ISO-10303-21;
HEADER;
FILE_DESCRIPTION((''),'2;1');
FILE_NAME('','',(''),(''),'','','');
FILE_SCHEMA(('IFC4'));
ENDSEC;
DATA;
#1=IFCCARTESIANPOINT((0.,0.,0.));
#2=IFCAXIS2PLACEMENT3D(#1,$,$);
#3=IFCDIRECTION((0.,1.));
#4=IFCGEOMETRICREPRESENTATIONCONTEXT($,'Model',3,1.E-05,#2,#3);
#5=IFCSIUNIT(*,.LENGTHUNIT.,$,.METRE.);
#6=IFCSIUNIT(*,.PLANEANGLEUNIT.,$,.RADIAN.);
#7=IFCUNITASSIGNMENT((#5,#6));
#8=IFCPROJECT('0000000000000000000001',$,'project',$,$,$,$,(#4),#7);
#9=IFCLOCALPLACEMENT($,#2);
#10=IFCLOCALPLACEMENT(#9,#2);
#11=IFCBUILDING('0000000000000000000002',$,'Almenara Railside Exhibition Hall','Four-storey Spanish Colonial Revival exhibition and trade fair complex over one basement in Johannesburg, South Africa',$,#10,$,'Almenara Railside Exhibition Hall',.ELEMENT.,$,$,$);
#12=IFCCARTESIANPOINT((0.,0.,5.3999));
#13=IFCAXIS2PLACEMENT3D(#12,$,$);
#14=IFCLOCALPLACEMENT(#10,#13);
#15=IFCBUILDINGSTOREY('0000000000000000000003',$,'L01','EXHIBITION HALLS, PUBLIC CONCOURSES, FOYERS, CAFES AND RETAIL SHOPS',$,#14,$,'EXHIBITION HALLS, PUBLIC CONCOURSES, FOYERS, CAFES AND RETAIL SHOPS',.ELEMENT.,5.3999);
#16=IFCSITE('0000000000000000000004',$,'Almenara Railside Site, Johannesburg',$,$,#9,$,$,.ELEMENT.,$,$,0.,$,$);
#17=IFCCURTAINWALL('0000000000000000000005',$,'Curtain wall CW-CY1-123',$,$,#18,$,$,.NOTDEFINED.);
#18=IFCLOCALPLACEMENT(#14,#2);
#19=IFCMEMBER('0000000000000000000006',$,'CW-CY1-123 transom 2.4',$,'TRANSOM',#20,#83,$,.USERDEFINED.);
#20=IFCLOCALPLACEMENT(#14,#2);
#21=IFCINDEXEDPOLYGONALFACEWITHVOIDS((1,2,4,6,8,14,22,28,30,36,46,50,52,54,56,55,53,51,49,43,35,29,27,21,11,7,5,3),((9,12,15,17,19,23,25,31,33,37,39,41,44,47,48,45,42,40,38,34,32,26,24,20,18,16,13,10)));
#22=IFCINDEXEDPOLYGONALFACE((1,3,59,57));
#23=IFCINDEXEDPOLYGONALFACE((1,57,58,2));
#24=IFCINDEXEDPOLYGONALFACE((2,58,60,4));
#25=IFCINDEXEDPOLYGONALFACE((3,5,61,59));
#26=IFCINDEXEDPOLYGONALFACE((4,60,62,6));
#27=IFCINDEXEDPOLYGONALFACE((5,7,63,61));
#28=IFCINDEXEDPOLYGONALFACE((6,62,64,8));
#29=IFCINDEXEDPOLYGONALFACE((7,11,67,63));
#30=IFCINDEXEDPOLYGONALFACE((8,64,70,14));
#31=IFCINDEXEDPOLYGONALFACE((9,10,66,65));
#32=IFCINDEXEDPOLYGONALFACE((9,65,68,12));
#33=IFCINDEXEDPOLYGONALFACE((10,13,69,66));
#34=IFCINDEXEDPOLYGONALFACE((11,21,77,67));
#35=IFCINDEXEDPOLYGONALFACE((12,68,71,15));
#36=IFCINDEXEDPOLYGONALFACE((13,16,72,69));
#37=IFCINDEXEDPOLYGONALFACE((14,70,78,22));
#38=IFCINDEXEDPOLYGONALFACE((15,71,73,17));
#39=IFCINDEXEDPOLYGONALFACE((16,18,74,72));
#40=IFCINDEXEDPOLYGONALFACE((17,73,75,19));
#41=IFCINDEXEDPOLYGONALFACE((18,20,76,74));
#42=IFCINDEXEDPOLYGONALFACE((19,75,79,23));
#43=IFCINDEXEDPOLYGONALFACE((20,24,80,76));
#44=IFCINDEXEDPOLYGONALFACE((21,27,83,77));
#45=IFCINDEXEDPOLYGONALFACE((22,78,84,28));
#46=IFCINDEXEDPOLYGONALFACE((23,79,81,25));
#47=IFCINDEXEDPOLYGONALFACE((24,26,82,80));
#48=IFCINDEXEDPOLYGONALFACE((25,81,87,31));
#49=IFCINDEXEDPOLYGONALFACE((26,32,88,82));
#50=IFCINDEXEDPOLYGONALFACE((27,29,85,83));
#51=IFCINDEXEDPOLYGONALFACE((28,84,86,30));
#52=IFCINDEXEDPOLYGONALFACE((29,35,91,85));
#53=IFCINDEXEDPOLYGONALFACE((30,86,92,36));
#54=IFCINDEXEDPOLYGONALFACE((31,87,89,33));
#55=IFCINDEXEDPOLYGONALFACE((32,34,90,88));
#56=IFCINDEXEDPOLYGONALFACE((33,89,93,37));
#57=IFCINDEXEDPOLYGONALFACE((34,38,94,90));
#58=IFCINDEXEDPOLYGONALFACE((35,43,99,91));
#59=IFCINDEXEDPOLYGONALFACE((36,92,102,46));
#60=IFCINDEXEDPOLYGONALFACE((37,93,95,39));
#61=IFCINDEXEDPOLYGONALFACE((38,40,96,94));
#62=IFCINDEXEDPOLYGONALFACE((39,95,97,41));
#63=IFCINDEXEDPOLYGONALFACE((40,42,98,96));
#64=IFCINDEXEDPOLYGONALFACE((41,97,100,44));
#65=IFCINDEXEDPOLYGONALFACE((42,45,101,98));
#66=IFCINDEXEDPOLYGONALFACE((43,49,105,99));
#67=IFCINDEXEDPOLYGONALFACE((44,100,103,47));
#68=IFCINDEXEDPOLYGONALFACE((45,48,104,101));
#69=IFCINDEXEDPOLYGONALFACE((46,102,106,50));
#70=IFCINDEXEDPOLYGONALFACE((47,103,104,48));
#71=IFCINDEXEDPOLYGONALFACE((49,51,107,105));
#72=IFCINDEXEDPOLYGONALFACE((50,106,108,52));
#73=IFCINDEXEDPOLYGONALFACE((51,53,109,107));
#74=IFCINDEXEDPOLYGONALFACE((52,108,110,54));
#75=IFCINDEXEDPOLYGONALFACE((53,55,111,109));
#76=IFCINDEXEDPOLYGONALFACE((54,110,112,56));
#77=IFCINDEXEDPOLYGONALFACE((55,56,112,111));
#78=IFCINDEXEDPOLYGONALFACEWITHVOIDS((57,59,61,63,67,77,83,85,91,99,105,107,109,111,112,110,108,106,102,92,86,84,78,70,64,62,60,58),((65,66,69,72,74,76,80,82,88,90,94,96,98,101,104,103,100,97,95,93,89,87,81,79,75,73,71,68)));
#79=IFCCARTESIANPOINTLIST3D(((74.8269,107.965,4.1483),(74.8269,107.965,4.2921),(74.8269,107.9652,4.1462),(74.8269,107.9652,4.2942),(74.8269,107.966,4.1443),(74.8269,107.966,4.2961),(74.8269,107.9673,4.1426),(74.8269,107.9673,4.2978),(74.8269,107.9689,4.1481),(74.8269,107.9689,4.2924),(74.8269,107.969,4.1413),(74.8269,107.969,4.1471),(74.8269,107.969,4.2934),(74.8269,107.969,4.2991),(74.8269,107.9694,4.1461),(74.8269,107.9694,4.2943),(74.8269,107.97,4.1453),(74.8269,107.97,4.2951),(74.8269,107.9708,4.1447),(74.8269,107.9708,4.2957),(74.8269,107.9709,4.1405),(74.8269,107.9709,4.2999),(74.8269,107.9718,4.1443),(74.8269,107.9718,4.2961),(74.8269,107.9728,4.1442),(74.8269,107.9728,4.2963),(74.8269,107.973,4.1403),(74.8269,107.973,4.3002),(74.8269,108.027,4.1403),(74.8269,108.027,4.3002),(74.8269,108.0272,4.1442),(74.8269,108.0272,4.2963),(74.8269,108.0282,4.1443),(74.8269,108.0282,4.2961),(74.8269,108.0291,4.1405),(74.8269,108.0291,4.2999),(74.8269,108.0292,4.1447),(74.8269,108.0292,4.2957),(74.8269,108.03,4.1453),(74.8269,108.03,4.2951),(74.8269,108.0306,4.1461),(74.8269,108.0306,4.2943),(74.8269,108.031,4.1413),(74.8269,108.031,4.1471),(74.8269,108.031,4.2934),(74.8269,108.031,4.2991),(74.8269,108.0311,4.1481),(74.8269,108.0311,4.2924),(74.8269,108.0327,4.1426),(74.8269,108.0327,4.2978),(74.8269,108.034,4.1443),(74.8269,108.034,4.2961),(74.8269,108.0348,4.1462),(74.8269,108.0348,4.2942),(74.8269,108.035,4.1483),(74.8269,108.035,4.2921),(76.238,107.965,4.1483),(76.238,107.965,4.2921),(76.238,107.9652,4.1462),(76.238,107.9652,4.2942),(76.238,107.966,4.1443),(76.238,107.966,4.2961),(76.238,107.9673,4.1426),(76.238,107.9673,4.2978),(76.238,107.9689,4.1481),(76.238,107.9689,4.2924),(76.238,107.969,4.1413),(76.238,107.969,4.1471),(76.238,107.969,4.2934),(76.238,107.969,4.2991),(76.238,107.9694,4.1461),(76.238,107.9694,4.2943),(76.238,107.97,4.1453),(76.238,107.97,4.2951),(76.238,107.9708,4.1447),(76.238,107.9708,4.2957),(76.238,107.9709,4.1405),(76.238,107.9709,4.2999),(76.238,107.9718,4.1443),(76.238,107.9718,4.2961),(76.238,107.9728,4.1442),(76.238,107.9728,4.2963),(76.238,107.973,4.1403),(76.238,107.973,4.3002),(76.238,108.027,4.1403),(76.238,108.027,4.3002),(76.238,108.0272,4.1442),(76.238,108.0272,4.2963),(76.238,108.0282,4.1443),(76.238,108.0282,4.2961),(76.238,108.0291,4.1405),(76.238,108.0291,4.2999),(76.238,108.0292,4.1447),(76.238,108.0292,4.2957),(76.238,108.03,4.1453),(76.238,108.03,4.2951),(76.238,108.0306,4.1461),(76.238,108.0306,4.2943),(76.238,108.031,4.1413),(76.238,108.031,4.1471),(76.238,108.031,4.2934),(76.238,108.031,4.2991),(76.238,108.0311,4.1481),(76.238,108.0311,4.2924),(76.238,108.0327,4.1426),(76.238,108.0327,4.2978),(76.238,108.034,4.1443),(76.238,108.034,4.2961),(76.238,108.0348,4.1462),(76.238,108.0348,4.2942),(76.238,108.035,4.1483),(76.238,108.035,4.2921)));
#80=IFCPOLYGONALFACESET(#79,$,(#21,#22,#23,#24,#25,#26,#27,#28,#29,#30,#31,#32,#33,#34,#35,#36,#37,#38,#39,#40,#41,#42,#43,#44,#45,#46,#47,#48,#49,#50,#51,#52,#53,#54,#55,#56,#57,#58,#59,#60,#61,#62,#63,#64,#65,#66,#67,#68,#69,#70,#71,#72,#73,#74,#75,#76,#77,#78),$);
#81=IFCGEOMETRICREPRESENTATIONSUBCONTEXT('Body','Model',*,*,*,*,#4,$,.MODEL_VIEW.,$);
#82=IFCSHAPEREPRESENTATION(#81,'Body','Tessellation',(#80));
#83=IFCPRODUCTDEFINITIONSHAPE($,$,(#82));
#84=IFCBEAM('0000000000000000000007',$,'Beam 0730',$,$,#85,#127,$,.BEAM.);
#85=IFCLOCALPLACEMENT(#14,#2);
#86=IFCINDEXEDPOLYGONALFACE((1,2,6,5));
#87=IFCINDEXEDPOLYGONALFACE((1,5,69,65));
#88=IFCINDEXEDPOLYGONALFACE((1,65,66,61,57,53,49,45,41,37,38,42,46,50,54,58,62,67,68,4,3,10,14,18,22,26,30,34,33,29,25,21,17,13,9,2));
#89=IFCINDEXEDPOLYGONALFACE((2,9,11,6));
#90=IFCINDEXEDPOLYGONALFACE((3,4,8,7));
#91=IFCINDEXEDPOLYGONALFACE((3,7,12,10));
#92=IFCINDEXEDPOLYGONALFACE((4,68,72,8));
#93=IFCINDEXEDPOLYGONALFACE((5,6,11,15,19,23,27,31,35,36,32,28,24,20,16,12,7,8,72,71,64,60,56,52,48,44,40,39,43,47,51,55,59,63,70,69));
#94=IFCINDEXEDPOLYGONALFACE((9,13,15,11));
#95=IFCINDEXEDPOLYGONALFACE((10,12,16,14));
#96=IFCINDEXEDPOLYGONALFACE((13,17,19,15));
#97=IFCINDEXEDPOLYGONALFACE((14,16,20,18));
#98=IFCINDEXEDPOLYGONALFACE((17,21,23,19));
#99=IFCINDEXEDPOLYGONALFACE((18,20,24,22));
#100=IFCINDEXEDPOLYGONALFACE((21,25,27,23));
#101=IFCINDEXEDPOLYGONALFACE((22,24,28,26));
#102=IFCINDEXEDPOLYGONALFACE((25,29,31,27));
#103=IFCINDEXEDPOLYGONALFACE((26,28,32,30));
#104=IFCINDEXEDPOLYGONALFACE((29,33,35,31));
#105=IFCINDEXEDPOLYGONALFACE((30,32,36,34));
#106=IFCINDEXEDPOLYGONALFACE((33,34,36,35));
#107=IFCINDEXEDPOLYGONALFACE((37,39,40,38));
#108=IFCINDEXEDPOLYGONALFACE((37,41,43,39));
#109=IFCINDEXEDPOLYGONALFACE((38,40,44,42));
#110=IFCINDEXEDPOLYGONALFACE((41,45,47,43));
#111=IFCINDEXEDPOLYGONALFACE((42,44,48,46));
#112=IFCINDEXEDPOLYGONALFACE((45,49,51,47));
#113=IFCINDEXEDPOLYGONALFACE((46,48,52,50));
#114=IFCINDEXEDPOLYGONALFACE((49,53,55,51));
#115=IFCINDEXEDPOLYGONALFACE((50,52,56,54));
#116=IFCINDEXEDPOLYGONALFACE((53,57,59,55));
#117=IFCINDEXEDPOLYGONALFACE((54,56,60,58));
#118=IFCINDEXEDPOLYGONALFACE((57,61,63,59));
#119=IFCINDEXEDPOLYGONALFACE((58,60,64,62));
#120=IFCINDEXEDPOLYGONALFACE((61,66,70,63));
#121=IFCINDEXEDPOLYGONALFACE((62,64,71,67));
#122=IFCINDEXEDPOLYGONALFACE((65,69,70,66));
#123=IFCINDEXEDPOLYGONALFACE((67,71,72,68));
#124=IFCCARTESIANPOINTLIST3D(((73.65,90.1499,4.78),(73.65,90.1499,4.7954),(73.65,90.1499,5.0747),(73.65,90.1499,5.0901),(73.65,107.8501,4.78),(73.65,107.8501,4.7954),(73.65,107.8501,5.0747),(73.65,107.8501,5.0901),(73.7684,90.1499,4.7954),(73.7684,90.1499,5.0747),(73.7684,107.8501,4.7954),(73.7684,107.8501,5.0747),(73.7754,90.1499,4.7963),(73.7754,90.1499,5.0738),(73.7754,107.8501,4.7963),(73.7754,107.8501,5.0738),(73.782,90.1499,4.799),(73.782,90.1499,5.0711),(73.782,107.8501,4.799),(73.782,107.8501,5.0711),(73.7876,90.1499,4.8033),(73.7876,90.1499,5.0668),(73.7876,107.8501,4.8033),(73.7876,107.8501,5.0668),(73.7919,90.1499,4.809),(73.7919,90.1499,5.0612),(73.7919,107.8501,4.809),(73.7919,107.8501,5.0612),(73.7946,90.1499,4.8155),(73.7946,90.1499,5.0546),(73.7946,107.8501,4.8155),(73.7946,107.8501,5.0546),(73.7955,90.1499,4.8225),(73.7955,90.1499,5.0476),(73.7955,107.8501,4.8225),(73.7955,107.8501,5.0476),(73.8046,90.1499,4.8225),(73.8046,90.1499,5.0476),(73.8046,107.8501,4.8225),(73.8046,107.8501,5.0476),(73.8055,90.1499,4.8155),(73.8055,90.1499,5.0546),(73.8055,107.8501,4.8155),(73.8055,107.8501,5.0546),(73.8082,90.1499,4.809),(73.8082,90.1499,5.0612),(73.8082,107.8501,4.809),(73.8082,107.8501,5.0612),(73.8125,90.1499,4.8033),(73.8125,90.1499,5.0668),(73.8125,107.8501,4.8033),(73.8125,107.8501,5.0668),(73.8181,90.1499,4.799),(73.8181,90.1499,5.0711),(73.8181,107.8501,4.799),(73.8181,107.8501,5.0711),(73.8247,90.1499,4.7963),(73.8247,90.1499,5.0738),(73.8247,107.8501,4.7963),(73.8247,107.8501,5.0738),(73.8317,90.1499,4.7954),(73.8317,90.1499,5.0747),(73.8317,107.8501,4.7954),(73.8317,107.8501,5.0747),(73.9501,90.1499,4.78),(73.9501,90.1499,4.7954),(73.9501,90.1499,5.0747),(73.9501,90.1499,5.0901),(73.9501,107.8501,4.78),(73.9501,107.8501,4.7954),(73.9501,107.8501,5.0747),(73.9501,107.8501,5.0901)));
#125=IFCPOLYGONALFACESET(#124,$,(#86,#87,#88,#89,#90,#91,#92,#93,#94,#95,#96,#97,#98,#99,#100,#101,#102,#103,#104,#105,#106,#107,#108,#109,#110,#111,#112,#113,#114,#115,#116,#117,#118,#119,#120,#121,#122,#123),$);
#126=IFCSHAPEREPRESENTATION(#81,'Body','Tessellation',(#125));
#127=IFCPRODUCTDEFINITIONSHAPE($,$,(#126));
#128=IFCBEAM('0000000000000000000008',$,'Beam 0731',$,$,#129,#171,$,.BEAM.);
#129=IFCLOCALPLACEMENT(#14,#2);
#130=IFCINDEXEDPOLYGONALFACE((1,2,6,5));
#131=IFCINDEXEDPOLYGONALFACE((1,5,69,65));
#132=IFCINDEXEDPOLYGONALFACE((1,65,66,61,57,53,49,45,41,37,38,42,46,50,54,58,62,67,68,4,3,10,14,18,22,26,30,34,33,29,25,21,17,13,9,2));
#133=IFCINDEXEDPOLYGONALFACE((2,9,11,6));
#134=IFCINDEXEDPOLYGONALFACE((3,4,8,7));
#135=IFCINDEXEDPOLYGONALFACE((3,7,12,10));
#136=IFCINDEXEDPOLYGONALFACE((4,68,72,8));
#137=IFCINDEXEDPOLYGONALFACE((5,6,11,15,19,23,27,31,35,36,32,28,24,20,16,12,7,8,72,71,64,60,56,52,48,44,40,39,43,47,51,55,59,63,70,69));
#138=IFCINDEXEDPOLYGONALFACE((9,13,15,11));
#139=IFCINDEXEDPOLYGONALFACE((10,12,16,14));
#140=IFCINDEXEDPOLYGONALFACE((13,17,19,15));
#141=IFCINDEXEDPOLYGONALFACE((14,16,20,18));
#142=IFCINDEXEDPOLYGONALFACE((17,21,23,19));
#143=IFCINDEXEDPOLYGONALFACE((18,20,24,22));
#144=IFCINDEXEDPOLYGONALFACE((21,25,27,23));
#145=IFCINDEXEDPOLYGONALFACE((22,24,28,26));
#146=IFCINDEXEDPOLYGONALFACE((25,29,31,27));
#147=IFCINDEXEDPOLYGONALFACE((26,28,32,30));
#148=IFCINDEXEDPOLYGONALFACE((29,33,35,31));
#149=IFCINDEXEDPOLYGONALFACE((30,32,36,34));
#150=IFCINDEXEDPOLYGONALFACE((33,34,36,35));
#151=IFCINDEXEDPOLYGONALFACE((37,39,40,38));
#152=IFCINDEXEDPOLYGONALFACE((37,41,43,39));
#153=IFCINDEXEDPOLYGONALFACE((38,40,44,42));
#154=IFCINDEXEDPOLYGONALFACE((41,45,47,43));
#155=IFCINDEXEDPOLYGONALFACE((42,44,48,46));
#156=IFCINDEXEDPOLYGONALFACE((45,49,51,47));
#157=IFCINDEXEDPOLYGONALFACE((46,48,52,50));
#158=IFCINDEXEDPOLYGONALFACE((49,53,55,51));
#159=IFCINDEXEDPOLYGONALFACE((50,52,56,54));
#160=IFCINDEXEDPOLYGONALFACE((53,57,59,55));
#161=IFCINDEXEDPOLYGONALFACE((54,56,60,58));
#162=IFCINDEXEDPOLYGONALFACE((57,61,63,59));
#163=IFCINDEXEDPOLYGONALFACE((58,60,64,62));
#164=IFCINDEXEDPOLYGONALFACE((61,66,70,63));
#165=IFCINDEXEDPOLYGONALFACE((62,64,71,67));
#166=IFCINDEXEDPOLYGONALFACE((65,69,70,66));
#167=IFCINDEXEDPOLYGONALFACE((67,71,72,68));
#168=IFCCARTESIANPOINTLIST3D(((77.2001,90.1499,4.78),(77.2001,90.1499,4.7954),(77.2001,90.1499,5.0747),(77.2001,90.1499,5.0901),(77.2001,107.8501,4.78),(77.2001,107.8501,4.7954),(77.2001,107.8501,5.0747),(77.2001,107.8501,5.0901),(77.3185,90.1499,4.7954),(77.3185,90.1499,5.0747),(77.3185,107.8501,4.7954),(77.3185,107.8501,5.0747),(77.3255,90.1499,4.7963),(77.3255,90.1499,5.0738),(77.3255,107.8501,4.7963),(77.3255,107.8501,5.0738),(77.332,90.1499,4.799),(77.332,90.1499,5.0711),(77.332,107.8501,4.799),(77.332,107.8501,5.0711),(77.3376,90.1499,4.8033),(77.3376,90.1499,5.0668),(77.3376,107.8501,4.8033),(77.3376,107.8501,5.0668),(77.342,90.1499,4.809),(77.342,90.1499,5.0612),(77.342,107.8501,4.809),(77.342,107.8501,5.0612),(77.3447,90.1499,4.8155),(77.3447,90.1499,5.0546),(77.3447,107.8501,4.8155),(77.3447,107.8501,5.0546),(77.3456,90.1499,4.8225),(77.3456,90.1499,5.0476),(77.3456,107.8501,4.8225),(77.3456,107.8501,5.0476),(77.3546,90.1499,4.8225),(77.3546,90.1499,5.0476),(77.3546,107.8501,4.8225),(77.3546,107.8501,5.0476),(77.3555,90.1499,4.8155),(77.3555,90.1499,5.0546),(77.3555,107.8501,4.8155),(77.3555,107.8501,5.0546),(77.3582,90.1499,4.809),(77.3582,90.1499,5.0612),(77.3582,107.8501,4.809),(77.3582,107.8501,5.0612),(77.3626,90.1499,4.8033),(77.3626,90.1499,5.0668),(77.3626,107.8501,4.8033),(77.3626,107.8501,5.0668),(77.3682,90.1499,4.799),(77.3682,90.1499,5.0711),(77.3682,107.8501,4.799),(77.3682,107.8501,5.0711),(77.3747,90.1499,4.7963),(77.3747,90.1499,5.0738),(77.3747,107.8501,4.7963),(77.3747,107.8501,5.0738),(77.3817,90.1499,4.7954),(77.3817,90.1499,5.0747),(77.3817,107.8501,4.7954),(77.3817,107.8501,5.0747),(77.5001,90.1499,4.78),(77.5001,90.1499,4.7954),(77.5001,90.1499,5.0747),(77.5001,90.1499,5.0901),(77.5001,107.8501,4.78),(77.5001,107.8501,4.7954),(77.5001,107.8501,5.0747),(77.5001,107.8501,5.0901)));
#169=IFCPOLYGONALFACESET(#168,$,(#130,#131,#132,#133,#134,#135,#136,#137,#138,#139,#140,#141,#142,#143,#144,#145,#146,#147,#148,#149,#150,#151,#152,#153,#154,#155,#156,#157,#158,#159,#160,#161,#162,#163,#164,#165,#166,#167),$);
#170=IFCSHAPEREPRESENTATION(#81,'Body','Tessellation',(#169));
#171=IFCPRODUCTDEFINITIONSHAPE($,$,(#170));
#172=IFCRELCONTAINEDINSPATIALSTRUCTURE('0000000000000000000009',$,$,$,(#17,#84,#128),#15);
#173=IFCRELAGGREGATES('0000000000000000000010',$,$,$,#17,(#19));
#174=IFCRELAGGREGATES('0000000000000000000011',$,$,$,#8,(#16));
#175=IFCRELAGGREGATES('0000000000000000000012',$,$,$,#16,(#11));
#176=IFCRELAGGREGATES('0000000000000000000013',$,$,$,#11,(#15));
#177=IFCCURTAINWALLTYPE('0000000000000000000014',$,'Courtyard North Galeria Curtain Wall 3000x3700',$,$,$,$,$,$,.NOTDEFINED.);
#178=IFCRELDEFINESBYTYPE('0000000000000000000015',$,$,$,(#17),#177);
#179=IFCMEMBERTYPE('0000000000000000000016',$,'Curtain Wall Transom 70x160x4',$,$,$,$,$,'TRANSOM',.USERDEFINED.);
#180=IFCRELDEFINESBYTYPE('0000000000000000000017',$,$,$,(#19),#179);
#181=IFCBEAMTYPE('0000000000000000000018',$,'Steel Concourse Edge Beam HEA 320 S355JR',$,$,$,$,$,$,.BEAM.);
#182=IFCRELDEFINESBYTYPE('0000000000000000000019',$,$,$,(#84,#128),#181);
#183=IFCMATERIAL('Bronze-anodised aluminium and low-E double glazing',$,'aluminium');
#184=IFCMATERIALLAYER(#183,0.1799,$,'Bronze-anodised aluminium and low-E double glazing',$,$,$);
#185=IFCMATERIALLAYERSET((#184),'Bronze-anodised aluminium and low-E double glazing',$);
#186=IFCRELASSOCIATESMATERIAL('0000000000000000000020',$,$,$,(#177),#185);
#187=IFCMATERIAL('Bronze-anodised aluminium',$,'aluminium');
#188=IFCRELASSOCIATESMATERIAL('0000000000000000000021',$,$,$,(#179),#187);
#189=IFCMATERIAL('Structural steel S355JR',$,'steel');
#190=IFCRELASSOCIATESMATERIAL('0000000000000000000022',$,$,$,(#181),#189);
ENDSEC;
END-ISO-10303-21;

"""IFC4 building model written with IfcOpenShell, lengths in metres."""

from ifc_helpers import new_model, si_unit, direction, frame, origin, origin_2d, place, context, subcontext, project, spatial, hollow_rectangle, i_section, extrude, material, layer, layer_set, material_profile, profile_set, type_object, element, aggregate, save


model = new_model("IFC4")

# Units and contexts
model_context = context("Model", 3, precision=1e-05, world=origin(), true_north=direction((0.0, 1.0)))
body_context = subcontext(model_context, "Body", "Model", "MODEL_VIEW")
ifc_project = project(units=[si_unit("LENGTHUNIT", "METRE"), si_unit("PLANEANGLEUNIT", "RADIAN")], contexts=[model_context])

# Site, building, storey
site_placement = place(None, origin())
site = spatial("IfcSite", under=ifc_project, at=site_placement, Name="Almenara Railside Site, Johannesburg", CompositionType="ELEMENT", RefElevation=0.0)
building_placement = place(site_placement, origin())
building = spatial("IfcBuilding", under=site, at=building_placement, Name="Almenara Railside Exhibition Hall", Description="Four-storey Spanish Colonial Revival exhibition and trade fair complex over one basement in Johannesburg, South Africa", LongName="Almenara Railside Exhibition Hall", CompositionType="ELEMENT")
storey_placement = place(building_placement, frame((0.0, 0.0, 5.3999)))
storey = spatial("IfcBuildingStorey", under=building, at=storey_placement, Name="L01", Description="EXHIBITION HALLS, PUBLIC CONCOURSES, FOYERS, CAFES AND RETAIL SHOPS", LongName="EXHIBITION HALLS, PUBLIC CONCOURSES, FOYERS, CAFES AND RETAIL SHOPS", CompositionType="ELEMENT", Elevation=5.3999)

# Shared definitions
ifc_material_1 = material(Name="Bronze-anodised aluminium and low-E double glazing", Category="aluminium")
ifc_layer_1 = layer(ifc_material_1, 0.1799, Name="Bronze-anodised aluminium and low-E double glazing")
ifc_layer_set_1 = layer_set([ifc_layer_1], Name="Bronze-anodised aluminium and low-E double glazing")
curtain_wall_type = type_object("IfcCurtainWallType", Name="Courtyard North Galeria Curtain Wall 3000x3700", PredefinedType="NOTDEFINED", material=ifc_layer_set_1)
ifc_material_2 = material(Name="Bronze-anodised aluminium", Category="aluminium")

# Curtain wall, member
curtain_wall_1_placement = place(storey_placement, origin())
curtain_wall_1 = element("IfcCurtainWall", 1, at=curtain_wall_1_placement, inside=storey, type_object=curtain_wall_type, Name="Curtain wall CW-CY1-123", PredefinedType="NOTDEFINED")
ifc_material_profile_1 = material_profile(ifc_material_2, hollow_rectangle(XDim=0.0701, YDim=0.1599, WallThickness=0.0039, InnerFilletRadius=0.0039, OuterFilletRadius=0.0081, at=origin_2d()), Name="ALU-TRN 70x160x4")
ifc_profile_set_1 = profile_set([ifc_material_profile_1], Name="Bronze-anodised aluminium")
member_type_1 = type_object("IfcMemberType", Name="Curtain Wall Transom 70x160x4", ElementType="TRANSOM", PredefinedType="USERDEFINED", material=ifc_profile_set_1)
member_1_placement = place(storey_placement, frame((74.8269, 108.0, 4.2202), z_axis=(1.0, 0.0, 0.0), x_axis=(0.0, 1.0, 0.0)))
member_1 = element("IfcMember", 2, at=member_1_placement, type_object=member_type_1, Name="CW-CY1-123 transom 2.4", ObjectType="TRANSOM", PredefinedType="USERDEFINED", context=body_context, shape_type="SweptSolid", body=[
    extrude(hollow_rectangle(XDim=0.0701, YDim=0.1599, WallThickness=0.0039, InnerFilletRadius=0.0039, OuterFilletRadius=0.0081, at=origin_2d()), origin(), (0.0, 0.0, 1.0), 1.4111),
])

# Beams
ifc_material_3 = material(Name="Structural steel S355JR", Category="steel")
ifc_material_profile_2 = material_profile(ifc_material_3, i_section(OverallWidth=0.3, OverallDepth=0.3101, WebThickness=0.009, FlangeThickness=0.0154, FilletRadius=0.0271, at=origin_2d()), Name="HEA 320")
ifc_profile_set_2 = profile_set([ifc_material_profile_2], Name="Structural steel S355JR")
beam_type_1 = type_object("IfcBeamType", Name="Steel Concourse Edge Beam HEA 320 S355JR", PredefinedType="BEAM", material=ifc_profile_set_2)
for number, where, z_axis, x_axis, name in (
    (3, (73.8, 90.1499, 4.9351), (0.0, 1.0, 0.0), (-1.0, 0.0, 0.0), "Beam 0730"),
    (4, (77.3501, 90.1499, 4.9351), (0.0, 1.0, 0.0), (-1.0, 0.0, 0.0), "Beam 0731"),
):
    element("IfcBeam", number, at=place(storey_placement, frame(where, z_axis=z_axis, x_axis=x_axis)), inside=storey, type_object=beam_type_1, Name=name, PredefinedType="BEAM", context=body_context, shape_type="SweptSolid", body=[
        extrude(i_section(OverallWidth=0.3, OverallDepth=0.3101, WebThickness=0.009, FlangeThickness=0.0154, FilletRadius=0.0271, at=origin_2d()), origin(), (0.0, 0.0, 1.0), 17.7002),
    ])

aggregate(curtain_wall_1, [member_1])

save(model, "model.ifc")
